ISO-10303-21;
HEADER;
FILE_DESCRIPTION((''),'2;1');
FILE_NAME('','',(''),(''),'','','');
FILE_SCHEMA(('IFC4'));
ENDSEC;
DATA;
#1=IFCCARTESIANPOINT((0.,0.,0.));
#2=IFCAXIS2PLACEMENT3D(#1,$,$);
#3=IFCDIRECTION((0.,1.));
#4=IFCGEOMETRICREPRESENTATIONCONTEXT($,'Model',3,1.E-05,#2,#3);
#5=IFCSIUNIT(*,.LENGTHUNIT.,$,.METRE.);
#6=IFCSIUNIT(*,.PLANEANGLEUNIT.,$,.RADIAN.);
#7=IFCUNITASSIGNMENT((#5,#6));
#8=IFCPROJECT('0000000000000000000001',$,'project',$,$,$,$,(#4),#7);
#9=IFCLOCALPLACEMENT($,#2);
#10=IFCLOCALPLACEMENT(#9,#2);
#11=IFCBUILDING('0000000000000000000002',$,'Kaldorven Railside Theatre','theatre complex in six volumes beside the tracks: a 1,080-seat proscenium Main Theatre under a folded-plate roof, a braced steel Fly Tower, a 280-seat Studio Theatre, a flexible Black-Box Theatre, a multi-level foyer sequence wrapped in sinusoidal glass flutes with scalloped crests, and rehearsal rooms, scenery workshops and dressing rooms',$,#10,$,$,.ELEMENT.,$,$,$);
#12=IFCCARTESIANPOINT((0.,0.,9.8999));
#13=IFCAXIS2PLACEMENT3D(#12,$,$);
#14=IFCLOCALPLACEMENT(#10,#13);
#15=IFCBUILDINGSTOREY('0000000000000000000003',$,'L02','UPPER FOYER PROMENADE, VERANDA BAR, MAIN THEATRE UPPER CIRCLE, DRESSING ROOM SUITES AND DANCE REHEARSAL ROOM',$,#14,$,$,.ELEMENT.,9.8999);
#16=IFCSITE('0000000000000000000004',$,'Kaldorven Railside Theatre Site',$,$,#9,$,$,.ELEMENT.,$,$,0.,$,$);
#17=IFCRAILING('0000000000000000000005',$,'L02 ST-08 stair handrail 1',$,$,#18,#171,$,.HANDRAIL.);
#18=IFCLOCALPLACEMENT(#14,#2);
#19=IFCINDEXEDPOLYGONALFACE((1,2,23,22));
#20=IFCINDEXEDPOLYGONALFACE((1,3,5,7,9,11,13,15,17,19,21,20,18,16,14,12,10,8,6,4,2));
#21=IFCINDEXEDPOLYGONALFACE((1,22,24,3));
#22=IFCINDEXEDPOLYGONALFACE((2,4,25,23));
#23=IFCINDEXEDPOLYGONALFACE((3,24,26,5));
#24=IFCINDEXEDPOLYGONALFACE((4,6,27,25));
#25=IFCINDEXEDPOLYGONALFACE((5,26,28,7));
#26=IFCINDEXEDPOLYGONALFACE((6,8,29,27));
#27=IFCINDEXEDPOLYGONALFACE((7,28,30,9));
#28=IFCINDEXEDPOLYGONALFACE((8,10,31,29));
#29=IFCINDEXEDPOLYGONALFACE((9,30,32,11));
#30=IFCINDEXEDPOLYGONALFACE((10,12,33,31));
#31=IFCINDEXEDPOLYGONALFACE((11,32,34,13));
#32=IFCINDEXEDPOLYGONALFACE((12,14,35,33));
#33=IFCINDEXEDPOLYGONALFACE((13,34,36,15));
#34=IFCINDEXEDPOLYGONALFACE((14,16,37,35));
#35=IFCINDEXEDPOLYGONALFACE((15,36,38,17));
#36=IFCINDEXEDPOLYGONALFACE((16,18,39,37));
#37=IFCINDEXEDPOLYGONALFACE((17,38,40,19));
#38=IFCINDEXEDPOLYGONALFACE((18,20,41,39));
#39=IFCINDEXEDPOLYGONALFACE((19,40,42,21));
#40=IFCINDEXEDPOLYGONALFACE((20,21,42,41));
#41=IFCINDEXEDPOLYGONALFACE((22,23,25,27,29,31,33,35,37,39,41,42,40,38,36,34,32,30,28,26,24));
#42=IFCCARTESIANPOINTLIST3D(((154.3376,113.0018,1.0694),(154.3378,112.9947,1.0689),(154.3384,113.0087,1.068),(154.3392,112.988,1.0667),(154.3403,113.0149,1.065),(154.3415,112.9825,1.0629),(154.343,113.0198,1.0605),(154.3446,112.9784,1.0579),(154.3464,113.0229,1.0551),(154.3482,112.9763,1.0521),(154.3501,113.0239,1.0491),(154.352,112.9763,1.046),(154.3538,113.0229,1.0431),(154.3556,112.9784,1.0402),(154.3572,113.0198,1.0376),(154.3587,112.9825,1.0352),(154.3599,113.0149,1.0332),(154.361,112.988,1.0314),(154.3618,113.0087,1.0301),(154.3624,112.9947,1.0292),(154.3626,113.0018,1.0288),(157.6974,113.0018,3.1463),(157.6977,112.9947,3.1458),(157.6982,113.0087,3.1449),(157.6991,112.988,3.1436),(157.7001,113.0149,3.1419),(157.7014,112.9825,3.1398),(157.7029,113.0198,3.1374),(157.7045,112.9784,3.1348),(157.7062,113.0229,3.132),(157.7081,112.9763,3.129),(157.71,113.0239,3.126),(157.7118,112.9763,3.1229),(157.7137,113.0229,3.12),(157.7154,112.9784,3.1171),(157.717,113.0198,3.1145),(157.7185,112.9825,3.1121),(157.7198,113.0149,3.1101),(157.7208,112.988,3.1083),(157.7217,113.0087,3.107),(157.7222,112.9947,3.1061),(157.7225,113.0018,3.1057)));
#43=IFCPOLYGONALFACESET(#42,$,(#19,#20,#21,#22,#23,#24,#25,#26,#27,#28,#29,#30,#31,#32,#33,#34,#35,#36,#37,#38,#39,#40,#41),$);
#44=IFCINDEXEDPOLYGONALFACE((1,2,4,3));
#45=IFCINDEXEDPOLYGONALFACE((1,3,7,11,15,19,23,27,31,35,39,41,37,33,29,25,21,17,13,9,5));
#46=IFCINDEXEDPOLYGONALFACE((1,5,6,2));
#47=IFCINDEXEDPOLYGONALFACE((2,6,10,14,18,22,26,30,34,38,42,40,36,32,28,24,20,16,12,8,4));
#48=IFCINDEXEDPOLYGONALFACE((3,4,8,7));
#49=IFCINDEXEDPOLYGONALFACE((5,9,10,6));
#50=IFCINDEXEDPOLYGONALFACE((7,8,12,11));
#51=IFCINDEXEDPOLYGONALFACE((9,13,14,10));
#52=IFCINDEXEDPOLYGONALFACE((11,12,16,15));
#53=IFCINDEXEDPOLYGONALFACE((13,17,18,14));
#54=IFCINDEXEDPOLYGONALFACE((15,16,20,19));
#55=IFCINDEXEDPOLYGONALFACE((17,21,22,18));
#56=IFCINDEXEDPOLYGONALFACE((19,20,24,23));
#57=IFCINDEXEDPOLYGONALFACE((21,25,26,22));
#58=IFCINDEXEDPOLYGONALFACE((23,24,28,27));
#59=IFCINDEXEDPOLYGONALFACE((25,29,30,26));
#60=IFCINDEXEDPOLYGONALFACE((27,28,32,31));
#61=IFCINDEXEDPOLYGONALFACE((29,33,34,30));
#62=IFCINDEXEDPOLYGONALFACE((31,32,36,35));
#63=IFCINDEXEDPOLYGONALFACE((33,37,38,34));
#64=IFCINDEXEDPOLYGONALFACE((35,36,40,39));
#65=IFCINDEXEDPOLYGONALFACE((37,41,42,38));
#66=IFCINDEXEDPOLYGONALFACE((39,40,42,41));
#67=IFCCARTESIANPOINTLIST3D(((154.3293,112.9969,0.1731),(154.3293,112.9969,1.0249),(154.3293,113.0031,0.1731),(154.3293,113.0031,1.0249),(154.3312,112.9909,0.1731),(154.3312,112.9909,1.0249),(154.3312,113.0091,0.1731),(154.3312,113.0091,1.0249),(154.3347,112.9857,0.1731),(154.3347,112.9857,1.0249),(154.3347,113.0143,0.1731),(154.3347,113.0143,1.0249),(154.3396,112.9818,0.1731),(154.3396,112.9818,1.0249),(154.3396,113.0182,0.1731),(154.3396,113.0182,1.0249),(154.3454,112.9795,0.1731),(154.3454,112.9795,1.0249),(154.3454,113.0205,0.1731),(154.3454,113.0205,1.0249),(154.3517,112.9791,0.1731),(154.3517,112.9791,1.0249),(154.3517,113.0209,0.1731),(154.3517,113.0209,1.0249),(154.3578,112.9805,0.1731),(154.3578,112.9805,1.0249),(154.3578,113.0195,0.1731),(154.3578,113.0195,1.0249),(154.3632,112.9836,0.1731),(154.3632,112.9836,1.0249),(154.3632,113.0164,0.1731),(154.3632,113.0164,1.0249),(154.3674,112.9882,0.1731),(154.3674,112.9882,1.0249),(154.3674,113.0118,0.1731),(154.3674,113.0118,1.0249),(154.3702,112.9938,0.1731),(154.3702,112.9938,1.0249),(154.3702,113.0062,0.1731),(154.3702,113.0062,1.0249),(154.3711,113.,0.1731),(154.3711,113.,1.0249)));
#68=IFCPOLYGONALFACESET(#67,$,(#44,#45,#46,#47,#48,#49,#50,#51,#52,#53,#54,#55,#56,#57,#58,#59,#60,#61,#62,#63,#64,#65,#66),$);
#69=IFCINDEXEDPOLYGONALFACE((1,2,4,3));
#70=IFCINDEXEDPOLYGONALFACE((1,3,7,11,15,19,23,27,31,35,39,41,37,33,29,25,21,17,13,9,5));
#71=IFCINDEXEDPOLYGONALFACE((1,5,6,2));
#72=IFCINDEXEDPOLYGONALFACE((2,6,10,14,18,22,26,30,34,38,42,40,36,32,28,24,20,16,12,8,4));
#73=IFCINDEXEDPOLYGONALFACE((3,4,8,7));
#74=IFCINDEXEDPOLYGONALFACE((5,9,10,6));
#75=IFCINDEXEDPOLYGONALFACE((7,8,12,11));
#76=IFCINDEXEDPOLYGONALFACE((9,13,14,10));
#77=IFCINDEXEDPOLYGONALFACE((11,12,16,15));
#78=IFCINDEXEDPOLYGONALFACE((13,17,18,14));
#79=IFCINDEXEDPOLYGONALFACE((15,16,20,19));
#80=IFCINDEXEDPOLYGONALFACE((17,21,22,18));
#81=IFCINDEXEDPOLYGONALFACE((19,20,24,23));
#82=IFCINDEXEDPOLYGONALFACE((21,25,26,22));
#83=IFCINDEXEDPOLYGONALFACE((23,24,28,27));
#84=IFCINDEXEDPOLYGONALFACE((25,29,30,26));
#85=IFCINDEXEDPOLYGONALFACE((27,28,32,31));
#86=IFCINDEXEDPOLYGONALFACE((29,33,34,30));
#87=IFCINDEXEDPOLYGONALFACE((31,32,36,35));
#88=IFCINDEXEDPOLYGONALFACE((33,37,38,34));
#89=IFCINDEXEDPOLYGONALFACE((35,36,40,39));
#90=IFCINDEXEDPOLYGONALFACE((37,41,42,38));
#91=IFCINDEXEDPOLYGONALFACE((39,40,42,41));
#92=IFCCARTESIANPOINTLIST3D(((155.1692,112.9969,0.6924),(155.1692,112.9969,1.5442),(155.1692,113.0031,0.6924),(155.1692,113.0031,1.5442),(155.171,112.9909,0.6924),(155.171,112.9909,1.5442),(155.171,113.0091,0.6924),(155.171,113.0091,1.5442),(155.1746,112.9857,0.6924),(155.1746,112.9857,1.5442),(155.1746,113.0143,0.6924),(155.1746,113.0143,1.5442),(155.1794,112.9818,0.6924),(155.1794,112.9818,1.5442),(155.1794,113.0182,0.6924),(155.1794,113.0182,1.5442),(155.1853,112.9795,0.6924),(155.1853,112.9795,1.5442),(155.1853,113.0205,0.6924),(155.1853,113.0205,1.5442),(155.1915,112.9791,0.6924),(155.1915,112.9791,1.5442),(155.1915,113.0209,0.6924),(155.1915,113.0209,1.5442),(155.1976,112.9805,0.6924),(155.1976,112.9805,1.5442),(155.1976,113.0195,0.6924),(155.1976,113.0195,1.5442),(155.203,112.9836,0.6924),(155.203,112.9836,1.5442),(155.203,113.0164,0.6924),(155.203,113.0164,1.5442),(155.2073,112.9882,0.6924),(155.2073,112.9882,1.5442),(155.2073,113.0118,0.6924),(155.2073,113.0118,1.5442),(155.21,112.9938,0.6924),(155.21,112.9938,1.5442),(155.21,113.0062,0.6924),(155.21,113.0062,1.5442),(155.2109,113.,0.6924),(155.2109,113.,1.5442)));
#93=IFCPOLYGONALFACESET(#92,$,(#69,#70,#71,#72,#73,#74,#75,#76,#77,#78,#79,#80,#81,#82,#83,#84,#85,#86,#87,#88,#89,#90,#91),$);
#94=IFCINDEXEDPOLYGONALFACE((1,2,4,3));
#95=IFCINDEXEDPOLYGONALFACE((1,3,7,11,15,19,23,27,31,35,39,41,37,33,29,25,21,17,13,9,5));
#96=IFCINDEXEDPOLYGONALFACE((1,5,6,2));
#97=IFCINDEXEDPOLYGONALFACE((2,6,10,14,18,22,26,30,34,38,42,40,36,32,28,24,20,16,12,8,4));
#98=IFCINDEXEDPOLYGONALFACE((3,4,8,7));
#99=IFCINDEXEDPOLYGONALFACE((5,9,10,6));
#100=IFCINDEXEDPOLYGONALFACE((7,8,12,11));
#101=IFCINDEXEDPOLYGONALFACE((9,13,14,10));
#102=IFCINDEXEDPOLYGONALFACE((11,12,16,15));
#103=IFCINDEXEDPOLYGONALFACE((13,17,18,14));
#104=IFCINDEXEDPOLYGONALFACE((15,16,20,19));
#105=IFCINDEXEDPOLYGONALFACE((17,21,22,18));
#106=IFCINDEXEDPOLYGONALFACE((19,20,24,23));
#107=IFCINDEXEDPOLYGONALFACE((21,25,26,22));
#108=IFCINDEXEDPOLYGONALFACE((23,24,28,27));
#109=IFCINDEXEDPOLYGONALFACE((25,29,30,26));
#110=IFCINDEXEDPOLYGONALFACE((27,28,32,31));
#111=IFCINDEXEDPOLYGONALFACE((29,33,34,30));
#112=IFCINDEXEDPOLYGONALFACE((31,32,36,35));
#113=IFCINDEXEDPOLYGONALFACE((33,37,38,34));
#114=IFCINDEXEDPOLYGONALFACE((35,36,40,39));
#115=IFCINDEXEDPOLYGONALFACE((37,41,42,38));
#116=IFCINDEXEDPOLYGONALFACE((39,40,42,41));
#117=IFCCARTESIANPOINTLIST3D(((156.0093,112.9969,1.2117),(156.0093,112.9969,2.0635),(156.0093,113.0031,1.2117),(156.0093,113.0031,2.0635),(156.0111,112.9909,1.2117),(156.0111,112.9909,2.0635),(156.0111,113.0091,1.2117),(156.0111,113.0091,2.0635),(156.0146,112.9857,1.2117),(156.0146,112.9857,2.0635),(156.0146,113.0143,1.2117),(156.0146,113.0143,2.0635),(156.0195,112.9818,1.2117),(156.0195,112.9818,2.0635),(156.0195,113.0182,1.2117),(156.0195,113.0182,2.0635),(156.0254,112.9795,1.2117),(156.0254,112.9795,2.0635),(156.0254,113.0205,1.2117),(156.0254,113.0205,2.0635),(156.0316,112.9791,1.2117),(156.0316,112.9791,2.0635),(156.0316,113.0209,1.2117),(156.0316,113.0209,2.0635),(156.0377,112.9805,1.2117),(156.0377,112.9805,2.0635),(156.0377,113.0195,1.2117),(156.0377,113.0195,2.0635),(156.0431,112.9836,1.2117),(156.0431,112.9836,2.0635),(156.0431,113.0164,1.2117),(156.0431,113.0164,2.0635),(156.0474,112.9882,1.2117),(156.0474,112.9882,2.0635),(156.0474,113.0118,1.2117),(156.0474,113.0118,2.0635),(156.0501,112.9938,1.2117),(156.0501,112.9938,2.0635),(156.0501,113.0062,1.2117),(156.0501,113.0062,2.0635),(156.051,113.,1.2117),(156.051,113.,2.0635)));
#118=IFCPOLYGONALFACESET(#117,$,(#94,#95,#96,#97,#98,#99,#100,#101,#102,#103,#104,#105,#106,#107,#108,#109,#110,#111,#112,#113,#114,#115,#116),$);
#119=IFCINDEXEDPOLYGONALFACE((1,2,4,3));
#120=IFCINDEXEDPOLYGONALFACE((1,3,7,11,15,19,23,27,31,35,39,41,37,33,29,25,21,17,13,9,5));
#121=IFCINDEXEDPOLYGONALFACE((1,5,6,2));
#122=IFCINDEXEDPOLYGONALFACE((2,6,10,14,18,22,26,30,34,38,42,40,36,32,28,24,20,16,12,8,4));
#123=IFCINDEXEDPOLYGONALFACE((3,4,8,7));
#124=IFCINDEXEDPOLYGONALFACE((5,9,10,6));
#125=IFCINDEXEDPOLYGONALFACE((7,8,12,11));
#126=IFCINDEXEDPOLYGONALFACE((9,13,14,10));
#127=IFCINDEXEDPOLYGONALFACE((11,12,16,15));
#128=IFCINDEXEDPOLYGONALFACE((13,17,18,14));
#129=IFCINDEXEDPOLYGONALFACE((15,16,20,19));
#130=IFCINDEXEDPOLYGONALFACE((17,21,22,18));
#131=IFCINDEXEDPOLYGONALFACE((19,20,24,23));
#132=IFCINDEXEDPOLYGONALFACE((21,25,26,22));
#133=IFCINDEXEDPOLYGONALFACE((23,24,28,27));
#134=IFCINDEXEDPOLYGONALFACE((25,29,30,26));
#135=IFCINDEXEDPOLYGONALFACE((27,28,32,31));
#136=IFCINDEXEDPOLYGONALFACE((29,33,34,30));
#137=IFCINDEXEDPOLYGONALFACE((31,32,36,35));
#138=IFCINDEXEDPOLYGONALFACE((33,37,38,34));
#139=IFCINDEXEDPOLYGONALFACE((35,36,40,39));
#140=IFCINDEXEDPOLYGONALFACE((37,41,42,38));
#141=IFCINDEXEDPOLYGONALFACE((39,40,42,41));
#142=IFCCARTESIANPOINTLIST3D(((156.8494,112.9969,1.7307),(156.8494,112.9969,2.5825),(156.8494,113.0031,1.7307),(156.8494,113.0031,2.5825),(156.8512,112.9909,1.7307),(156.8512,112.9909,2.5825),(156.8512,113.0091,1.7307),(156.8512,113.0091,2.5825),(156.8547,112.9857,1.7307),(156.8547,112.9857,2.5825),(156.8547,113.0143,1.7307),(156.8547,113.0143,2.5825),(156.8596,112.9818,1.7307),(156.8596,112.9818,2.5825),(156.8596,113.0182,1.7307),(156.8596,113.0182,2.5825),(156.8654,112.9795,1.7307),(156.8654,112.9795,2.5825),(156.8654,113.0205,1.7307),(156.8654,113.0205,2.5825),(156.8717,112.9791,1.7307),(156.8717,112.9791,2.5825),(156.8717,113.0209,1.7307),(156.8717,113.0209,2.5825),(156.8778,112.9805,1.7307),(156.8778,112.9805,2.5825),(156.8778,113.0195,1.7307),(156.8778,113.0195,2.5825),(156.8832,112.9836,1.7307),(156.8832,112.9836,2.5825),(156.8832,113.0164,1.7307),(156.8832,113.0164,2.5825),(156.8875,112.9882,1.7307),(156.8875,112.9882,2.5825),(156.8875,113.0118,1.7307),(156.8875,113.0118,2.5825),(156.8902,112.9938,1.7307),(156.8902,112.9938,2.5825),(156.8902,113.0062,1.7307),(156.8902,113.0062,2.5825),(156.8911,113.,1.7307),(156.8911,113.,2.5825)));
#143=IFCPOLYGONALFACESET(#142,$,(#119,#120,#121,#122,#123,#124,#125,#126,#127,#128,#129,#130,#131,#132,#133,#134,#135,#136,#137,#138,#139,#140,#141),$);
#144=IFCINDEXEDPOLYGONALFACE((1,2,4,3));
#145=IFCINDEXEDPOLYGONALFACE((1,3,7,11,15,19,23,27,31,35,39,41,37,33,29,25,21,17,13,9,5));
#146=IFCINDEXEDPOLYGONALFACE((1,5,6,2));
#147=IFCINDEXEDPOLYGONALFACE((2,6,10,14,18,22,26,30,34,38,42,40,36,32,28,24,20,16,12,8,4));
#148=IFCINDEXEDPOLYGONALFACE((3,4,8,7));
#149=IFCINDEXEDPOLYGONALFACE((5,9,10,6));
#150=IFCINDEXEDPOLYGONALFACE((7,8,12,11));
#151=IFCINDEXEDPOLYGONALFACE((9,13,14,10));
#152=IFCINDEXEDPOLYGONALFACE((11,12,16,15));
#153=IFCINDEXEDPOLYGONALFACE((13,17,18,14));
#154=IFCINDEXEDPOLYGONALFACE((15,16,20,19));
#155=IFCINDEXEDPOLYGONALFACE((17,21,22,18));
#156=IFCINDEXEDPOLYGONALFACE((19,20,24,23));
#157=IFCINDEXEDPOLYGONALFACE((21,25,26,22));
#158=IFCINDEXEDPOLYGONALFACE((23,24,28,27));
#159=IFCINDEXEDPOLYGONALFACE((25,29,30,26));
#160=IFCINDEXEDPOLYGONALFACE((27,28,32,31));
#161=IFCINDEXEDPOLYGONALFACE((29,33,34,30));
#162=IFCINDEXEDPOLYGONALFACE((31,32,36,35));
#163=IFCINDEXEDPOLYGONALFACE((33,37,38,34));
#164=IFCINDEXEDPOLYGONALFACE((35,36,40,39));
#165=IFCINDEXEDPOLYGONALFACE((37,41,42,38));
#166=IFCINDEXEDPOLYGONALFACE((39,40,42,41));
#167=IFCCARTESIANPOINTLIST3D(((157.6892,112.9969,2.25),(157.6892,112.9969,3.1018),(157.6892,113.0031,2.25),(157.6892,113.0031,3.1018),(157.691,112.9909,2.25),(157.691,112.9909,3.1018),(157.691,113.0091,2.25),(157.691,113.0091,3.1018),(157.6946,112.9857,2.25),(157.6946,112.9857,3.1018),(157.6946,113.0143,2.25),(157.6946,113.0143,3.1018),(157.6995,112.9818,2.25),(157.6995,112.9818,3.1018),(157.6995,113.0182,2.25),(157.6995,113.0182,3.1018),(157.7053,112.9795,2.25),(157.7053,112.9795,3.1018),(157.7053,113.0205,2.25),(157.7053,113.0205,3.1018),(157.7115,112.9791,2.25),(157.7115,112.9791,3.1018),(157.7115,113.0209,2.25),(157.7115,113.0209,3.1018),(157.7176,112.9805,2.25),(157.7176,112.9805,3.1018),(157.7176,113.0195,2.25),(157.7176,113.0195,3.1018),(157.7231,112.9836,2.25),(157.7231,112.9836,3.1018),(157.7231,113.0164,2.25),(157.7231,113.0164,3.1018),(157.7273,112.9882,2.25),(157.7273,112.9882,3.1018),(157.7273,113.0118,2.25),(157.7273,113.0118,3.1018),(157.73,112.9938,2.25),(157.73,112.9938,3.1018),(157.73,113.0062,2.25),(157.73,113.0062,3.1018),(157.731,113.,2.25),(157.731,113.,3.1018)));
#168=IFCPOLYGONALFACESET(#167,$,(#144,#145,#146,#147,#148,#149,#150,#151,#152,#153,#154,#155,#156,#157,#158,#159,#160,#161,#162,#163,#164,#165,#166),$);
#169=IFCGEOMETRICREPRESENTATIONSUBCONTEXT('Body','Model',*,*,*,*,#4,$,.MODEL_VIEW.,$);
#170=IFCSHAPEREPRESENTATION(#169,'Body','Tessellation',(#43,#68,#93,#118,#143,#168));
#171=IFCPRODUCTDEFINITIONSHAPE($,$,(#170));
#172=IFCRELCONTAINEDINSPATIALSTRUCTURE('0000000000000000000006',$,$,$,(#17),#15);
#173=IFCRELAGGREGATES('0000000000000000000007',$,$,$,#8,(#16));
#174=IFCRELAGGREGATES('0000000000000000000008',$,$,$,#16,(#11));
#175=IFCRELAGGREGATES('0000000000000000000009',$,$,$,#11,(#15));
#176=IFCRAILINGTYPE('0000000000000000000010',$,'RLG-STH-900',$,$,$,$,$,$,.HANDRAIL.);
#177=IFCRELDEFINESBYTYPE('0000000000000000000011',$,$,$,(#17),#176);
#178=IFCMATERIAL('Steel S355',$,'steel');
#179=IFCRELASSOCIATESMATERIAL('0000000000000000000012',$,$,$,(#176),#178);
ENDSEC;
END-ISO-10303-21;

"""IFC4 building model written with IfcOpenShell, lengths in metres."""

from ifc_helpers import new_model, si_unit, direction, frame, origin, origin_2d, place, context, subcontext, project, spatial, circle, extrude, material, type_object, element, save


model = new_model("IFC4")

# Units and contexts
model_context = context("Model", 3, precision=1e-05, world=origin(), true_north=direction((0.0, 1.0)))
body_context = subcontext(model_context, "Body", "Model", "MODEL_VIEW")
ifc_project = project(units=[si_unit("LENGTHUNIT", "METRE"), si_unit("PLANEANGLEUNIT", "RADIAN")], contexts=[model_context])

# Site, building, storey
site_placement = place(None, origin())
site = spatial("IfcSite", under=ifc_project, at=site_placement, Name="Kaldorven Railside Theatre Site", CompositionType="ELEMENT", RefElevation=0.0)
building_placement = place(site_placement, origin())
building = spatial("IfcBuilding", under=site, at=building_placement, Name="Kaldorven Railside Theatre", Description="theatre complex in six volumes beside the tracks: a 1,080-seat proscenium Main Theatre under a folded-plate roof, a braced steel Fly Tower, a 280-seat Studio Theatre, a flexible Black-Box Theatre, a multi-level foyer sequence wrapped in sinusoidal glass flutes with scalloped crests, and rehearsal rooms, scenery workshops and dressing rooms", CompositionType="ELEMENT")
storey_placement = place(building_placement, frame((0.0, 0.0, 9.8999)))
storey = spatial("IfcBuildingStorey", under=building, at=storey_placement, Name="L02", Description="UPPER FOYER PROMENADE, VERANDA BAR, MAIN THEATRE UPPER CIRCLE, DRESSING ROOM SUITES AND DANCE REHEARSAL ROOM", CompositionType="ELEMENT", Elevation=9.8999)

# Shared definitions
ifc_material_1 = material(Name="Steel S355", Category="steel")

# Railing
railing_type_1 = type_object("IfcRailingType", Name="RLG-STH-900", PredefinedType="HANDRAIL", material=ifc_material_1)
railing_1_placement = place(storey_placement, frame((154.3501, 113.0, 0.1731)))
element("IfcRailing", 1, at=railing_1_placement, inside=storey, type_object=railing_type_1, Name="L02 ST-08 stair handrail 1", PredefinedType="HANDRAIL", context=body_context, shape_type="SweptSolid", body=[
    extrude(circle(Radius=0.0239, at=origin_2d()), frame((0.0, 0.0, 0.876), z_axis=(0.850606, 0.0, 0.525803), x_axis=(0.0, 1.0, 0.0)), (0.0, 0.0, 1.0), 3.95),
    extrude(circle(Radius=0.021, at=origin_2d()), origin(), (0.0, 0.0, 1.0), 0.8518),
    extrude(circle(Radius=0.021, at=origin_2d()), frame((0.8398, 0.0, 0.5193)), (0.0, 0.0, 1.0), 0.8518),
    extrude(circle(Radius=0.021, at=origin_2d()), frame((1.6799, 0.0, 1.0386)), (0.0, 0.0, 1.0), 0.8518),
    extrude(circle(Radius=0.021, at=origin_2d()), frame((2.52, 0.0, 1.5576)), (0.0, 0.0, 1.0), 0.8518),
    extrude(circle(Radius=0.021, at=origin_2d()), frame((3.3599, 0.0, 2.0769)), (0.0, 0.0, 1.0), 0.8518),
])

save(model, "model.ifc")
